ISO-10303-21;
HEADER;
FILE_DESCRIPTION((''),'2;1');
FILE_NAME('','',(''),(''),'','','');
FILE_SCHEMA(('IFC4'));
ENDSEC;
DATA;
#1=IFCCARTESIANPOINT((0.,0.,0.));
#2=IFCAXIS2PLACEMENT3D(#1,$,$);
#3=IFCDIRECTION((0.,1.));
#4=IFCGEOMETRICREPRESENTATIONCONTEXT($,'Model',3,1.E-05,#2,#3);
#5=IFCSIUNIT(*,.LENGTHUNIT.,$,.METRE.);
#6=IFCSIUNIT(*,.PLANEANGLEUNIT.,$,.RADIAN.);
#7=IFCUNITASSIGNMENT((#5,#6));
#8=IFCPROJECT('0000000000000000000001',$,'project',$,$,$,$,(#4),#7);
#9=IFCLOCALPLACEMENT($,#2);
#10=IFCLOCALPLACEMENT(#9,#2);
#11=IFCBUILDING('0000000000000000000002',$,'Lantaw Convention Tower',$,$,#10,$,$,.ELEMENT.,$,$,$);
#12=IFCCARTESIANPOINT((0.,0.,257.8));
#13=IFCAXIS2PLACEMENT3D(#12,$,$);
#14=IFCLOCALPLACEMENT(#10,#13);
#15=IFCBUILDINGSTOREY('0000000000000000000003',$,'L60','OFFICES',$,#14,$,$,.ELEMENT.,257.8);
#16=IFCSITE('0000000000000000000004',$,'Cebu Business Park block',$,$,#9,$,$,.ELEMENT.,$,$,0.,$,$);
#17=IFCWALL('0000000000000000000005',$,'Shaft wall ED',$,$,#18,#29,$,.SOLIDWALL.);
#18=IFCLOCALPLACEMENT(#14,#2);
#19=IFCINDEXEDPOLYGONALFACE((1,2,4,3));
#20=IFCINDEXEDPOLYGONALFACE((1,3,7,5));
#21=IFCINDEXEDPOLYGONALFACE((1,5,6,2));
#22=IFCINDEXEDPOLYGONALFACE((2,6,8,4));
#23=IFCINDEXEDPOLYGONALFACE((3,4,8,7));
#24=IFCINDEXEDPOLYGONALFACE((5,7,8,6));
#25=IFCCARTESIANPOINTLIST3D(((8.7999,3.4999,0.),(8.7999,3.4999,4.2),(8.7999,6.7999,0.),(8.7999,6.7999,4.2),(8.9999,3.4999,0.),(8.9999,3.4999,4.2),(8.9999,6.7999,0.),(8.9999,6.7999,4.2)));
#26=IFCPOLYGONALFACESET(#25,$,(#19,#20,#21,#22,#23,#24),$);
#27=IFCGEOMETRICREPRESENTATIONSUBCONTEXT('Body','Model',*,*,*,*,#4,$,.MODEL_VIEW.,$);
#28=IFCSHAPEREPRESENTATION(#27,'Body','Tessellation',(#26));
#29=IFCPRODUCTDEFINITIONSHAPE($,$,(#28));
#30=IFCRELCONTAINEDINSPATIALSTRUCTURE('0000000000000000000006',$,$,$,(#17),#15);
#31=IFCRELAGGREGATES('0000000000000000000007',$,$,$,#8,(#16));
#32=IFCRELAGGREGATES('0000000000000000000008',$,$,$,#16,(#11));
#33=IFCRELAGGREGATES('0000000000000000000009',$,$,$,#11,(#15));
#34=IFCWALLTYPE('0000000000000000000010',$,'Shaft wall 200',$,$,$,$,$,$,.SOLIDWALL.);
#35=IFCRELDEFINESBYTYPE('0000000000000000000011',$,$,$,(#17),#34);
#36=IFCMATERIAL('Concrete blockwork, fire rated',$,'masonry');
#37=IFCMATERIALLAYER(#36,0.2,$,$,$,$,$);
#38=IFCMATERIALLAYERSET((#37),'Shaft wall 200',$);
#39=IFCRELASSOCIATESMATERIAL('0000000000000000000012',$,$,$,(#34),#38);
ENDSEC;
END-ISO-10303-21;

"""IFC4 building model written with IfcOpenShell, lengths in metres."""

from ifc_helpers import new_model, si_unit, direction, frame, frame_2d, origin, place, context, subcontext, project, spatial, rectangle, extrude, material, layer, layer_set, type_object, element, save


model = new_model("IFC4")

# Units and contexts
model_context = context("Model", 3, precision=1e-05, world=origin(), true_north=direction((0.0, 1.0)))
body_context = subcontext(model_context, "Body", "Model", "MODEL_VIEW")
ifc_project = project(units=[si_unit("LENGTHUNIT", "METRE"), si_unit("PLANEANGLEUNIT", "RADIAN")], contexts=[model_context])

# Site, building, storey
site_placement = place(None, origin())
site = spatial("IfcSite", under=ifc_project, at=site_placement, Name="Cebu Business Park block", CompositionType="ELEMENT", RefElevation=0.0)
building_placement = place(site_placement, origin())
building = spatial("IfcBuilding", under=site, at=building_placement, Name="Lantaw Convention Tower", CompositionType="ELEMENT")
storey_placement = place(building_placement, frame((0.0, 0.0, 257.8)))
storey = spatial("IfcBuildingStorey", under=building, at=storey_placement, Name="L60", Description="OFFICES", CompositionType="ELEMENT", Elevation=257.8)

# Shared definitions
ifc_material_1 = material(Name="Concrete blockwork, fire rated", Category="masonry")
ifc_layer_1 = layer(ifc_material_1, 0.2)
ifc_layer_set_1 = layer_set([ifc_layer_1], Name="Shaft wall 200")
wall_type_1 = type_object("IfcWallType", Name="Shaft wall 200", PredefinedType="SOLIDWALL", material=ifc_layer_set_1)

# Wall
wall_1_placement = place(storey_placement, frame((8.8999, 3.5, 0.0), z_axis=(0.0, 0.0, 1.0), x_axis=(0.0, 1.0, 0.0)))
element("IfcWall", 1, at=wall_1_placement, inside=storey, type_object=wall_type_1, Name="Shaft wall ED", PredefinedType="SOLIDWALL", context=body_context, shape_type="SweptSolid", body=[
    extrude(rectangle(XDim=3.3, YDim=0.2, at=frame_2d((1.6499, 0.0))), origin(), (0.0, 0.0, 1.0), 4.2),
])

save(model, "model.ifc")
